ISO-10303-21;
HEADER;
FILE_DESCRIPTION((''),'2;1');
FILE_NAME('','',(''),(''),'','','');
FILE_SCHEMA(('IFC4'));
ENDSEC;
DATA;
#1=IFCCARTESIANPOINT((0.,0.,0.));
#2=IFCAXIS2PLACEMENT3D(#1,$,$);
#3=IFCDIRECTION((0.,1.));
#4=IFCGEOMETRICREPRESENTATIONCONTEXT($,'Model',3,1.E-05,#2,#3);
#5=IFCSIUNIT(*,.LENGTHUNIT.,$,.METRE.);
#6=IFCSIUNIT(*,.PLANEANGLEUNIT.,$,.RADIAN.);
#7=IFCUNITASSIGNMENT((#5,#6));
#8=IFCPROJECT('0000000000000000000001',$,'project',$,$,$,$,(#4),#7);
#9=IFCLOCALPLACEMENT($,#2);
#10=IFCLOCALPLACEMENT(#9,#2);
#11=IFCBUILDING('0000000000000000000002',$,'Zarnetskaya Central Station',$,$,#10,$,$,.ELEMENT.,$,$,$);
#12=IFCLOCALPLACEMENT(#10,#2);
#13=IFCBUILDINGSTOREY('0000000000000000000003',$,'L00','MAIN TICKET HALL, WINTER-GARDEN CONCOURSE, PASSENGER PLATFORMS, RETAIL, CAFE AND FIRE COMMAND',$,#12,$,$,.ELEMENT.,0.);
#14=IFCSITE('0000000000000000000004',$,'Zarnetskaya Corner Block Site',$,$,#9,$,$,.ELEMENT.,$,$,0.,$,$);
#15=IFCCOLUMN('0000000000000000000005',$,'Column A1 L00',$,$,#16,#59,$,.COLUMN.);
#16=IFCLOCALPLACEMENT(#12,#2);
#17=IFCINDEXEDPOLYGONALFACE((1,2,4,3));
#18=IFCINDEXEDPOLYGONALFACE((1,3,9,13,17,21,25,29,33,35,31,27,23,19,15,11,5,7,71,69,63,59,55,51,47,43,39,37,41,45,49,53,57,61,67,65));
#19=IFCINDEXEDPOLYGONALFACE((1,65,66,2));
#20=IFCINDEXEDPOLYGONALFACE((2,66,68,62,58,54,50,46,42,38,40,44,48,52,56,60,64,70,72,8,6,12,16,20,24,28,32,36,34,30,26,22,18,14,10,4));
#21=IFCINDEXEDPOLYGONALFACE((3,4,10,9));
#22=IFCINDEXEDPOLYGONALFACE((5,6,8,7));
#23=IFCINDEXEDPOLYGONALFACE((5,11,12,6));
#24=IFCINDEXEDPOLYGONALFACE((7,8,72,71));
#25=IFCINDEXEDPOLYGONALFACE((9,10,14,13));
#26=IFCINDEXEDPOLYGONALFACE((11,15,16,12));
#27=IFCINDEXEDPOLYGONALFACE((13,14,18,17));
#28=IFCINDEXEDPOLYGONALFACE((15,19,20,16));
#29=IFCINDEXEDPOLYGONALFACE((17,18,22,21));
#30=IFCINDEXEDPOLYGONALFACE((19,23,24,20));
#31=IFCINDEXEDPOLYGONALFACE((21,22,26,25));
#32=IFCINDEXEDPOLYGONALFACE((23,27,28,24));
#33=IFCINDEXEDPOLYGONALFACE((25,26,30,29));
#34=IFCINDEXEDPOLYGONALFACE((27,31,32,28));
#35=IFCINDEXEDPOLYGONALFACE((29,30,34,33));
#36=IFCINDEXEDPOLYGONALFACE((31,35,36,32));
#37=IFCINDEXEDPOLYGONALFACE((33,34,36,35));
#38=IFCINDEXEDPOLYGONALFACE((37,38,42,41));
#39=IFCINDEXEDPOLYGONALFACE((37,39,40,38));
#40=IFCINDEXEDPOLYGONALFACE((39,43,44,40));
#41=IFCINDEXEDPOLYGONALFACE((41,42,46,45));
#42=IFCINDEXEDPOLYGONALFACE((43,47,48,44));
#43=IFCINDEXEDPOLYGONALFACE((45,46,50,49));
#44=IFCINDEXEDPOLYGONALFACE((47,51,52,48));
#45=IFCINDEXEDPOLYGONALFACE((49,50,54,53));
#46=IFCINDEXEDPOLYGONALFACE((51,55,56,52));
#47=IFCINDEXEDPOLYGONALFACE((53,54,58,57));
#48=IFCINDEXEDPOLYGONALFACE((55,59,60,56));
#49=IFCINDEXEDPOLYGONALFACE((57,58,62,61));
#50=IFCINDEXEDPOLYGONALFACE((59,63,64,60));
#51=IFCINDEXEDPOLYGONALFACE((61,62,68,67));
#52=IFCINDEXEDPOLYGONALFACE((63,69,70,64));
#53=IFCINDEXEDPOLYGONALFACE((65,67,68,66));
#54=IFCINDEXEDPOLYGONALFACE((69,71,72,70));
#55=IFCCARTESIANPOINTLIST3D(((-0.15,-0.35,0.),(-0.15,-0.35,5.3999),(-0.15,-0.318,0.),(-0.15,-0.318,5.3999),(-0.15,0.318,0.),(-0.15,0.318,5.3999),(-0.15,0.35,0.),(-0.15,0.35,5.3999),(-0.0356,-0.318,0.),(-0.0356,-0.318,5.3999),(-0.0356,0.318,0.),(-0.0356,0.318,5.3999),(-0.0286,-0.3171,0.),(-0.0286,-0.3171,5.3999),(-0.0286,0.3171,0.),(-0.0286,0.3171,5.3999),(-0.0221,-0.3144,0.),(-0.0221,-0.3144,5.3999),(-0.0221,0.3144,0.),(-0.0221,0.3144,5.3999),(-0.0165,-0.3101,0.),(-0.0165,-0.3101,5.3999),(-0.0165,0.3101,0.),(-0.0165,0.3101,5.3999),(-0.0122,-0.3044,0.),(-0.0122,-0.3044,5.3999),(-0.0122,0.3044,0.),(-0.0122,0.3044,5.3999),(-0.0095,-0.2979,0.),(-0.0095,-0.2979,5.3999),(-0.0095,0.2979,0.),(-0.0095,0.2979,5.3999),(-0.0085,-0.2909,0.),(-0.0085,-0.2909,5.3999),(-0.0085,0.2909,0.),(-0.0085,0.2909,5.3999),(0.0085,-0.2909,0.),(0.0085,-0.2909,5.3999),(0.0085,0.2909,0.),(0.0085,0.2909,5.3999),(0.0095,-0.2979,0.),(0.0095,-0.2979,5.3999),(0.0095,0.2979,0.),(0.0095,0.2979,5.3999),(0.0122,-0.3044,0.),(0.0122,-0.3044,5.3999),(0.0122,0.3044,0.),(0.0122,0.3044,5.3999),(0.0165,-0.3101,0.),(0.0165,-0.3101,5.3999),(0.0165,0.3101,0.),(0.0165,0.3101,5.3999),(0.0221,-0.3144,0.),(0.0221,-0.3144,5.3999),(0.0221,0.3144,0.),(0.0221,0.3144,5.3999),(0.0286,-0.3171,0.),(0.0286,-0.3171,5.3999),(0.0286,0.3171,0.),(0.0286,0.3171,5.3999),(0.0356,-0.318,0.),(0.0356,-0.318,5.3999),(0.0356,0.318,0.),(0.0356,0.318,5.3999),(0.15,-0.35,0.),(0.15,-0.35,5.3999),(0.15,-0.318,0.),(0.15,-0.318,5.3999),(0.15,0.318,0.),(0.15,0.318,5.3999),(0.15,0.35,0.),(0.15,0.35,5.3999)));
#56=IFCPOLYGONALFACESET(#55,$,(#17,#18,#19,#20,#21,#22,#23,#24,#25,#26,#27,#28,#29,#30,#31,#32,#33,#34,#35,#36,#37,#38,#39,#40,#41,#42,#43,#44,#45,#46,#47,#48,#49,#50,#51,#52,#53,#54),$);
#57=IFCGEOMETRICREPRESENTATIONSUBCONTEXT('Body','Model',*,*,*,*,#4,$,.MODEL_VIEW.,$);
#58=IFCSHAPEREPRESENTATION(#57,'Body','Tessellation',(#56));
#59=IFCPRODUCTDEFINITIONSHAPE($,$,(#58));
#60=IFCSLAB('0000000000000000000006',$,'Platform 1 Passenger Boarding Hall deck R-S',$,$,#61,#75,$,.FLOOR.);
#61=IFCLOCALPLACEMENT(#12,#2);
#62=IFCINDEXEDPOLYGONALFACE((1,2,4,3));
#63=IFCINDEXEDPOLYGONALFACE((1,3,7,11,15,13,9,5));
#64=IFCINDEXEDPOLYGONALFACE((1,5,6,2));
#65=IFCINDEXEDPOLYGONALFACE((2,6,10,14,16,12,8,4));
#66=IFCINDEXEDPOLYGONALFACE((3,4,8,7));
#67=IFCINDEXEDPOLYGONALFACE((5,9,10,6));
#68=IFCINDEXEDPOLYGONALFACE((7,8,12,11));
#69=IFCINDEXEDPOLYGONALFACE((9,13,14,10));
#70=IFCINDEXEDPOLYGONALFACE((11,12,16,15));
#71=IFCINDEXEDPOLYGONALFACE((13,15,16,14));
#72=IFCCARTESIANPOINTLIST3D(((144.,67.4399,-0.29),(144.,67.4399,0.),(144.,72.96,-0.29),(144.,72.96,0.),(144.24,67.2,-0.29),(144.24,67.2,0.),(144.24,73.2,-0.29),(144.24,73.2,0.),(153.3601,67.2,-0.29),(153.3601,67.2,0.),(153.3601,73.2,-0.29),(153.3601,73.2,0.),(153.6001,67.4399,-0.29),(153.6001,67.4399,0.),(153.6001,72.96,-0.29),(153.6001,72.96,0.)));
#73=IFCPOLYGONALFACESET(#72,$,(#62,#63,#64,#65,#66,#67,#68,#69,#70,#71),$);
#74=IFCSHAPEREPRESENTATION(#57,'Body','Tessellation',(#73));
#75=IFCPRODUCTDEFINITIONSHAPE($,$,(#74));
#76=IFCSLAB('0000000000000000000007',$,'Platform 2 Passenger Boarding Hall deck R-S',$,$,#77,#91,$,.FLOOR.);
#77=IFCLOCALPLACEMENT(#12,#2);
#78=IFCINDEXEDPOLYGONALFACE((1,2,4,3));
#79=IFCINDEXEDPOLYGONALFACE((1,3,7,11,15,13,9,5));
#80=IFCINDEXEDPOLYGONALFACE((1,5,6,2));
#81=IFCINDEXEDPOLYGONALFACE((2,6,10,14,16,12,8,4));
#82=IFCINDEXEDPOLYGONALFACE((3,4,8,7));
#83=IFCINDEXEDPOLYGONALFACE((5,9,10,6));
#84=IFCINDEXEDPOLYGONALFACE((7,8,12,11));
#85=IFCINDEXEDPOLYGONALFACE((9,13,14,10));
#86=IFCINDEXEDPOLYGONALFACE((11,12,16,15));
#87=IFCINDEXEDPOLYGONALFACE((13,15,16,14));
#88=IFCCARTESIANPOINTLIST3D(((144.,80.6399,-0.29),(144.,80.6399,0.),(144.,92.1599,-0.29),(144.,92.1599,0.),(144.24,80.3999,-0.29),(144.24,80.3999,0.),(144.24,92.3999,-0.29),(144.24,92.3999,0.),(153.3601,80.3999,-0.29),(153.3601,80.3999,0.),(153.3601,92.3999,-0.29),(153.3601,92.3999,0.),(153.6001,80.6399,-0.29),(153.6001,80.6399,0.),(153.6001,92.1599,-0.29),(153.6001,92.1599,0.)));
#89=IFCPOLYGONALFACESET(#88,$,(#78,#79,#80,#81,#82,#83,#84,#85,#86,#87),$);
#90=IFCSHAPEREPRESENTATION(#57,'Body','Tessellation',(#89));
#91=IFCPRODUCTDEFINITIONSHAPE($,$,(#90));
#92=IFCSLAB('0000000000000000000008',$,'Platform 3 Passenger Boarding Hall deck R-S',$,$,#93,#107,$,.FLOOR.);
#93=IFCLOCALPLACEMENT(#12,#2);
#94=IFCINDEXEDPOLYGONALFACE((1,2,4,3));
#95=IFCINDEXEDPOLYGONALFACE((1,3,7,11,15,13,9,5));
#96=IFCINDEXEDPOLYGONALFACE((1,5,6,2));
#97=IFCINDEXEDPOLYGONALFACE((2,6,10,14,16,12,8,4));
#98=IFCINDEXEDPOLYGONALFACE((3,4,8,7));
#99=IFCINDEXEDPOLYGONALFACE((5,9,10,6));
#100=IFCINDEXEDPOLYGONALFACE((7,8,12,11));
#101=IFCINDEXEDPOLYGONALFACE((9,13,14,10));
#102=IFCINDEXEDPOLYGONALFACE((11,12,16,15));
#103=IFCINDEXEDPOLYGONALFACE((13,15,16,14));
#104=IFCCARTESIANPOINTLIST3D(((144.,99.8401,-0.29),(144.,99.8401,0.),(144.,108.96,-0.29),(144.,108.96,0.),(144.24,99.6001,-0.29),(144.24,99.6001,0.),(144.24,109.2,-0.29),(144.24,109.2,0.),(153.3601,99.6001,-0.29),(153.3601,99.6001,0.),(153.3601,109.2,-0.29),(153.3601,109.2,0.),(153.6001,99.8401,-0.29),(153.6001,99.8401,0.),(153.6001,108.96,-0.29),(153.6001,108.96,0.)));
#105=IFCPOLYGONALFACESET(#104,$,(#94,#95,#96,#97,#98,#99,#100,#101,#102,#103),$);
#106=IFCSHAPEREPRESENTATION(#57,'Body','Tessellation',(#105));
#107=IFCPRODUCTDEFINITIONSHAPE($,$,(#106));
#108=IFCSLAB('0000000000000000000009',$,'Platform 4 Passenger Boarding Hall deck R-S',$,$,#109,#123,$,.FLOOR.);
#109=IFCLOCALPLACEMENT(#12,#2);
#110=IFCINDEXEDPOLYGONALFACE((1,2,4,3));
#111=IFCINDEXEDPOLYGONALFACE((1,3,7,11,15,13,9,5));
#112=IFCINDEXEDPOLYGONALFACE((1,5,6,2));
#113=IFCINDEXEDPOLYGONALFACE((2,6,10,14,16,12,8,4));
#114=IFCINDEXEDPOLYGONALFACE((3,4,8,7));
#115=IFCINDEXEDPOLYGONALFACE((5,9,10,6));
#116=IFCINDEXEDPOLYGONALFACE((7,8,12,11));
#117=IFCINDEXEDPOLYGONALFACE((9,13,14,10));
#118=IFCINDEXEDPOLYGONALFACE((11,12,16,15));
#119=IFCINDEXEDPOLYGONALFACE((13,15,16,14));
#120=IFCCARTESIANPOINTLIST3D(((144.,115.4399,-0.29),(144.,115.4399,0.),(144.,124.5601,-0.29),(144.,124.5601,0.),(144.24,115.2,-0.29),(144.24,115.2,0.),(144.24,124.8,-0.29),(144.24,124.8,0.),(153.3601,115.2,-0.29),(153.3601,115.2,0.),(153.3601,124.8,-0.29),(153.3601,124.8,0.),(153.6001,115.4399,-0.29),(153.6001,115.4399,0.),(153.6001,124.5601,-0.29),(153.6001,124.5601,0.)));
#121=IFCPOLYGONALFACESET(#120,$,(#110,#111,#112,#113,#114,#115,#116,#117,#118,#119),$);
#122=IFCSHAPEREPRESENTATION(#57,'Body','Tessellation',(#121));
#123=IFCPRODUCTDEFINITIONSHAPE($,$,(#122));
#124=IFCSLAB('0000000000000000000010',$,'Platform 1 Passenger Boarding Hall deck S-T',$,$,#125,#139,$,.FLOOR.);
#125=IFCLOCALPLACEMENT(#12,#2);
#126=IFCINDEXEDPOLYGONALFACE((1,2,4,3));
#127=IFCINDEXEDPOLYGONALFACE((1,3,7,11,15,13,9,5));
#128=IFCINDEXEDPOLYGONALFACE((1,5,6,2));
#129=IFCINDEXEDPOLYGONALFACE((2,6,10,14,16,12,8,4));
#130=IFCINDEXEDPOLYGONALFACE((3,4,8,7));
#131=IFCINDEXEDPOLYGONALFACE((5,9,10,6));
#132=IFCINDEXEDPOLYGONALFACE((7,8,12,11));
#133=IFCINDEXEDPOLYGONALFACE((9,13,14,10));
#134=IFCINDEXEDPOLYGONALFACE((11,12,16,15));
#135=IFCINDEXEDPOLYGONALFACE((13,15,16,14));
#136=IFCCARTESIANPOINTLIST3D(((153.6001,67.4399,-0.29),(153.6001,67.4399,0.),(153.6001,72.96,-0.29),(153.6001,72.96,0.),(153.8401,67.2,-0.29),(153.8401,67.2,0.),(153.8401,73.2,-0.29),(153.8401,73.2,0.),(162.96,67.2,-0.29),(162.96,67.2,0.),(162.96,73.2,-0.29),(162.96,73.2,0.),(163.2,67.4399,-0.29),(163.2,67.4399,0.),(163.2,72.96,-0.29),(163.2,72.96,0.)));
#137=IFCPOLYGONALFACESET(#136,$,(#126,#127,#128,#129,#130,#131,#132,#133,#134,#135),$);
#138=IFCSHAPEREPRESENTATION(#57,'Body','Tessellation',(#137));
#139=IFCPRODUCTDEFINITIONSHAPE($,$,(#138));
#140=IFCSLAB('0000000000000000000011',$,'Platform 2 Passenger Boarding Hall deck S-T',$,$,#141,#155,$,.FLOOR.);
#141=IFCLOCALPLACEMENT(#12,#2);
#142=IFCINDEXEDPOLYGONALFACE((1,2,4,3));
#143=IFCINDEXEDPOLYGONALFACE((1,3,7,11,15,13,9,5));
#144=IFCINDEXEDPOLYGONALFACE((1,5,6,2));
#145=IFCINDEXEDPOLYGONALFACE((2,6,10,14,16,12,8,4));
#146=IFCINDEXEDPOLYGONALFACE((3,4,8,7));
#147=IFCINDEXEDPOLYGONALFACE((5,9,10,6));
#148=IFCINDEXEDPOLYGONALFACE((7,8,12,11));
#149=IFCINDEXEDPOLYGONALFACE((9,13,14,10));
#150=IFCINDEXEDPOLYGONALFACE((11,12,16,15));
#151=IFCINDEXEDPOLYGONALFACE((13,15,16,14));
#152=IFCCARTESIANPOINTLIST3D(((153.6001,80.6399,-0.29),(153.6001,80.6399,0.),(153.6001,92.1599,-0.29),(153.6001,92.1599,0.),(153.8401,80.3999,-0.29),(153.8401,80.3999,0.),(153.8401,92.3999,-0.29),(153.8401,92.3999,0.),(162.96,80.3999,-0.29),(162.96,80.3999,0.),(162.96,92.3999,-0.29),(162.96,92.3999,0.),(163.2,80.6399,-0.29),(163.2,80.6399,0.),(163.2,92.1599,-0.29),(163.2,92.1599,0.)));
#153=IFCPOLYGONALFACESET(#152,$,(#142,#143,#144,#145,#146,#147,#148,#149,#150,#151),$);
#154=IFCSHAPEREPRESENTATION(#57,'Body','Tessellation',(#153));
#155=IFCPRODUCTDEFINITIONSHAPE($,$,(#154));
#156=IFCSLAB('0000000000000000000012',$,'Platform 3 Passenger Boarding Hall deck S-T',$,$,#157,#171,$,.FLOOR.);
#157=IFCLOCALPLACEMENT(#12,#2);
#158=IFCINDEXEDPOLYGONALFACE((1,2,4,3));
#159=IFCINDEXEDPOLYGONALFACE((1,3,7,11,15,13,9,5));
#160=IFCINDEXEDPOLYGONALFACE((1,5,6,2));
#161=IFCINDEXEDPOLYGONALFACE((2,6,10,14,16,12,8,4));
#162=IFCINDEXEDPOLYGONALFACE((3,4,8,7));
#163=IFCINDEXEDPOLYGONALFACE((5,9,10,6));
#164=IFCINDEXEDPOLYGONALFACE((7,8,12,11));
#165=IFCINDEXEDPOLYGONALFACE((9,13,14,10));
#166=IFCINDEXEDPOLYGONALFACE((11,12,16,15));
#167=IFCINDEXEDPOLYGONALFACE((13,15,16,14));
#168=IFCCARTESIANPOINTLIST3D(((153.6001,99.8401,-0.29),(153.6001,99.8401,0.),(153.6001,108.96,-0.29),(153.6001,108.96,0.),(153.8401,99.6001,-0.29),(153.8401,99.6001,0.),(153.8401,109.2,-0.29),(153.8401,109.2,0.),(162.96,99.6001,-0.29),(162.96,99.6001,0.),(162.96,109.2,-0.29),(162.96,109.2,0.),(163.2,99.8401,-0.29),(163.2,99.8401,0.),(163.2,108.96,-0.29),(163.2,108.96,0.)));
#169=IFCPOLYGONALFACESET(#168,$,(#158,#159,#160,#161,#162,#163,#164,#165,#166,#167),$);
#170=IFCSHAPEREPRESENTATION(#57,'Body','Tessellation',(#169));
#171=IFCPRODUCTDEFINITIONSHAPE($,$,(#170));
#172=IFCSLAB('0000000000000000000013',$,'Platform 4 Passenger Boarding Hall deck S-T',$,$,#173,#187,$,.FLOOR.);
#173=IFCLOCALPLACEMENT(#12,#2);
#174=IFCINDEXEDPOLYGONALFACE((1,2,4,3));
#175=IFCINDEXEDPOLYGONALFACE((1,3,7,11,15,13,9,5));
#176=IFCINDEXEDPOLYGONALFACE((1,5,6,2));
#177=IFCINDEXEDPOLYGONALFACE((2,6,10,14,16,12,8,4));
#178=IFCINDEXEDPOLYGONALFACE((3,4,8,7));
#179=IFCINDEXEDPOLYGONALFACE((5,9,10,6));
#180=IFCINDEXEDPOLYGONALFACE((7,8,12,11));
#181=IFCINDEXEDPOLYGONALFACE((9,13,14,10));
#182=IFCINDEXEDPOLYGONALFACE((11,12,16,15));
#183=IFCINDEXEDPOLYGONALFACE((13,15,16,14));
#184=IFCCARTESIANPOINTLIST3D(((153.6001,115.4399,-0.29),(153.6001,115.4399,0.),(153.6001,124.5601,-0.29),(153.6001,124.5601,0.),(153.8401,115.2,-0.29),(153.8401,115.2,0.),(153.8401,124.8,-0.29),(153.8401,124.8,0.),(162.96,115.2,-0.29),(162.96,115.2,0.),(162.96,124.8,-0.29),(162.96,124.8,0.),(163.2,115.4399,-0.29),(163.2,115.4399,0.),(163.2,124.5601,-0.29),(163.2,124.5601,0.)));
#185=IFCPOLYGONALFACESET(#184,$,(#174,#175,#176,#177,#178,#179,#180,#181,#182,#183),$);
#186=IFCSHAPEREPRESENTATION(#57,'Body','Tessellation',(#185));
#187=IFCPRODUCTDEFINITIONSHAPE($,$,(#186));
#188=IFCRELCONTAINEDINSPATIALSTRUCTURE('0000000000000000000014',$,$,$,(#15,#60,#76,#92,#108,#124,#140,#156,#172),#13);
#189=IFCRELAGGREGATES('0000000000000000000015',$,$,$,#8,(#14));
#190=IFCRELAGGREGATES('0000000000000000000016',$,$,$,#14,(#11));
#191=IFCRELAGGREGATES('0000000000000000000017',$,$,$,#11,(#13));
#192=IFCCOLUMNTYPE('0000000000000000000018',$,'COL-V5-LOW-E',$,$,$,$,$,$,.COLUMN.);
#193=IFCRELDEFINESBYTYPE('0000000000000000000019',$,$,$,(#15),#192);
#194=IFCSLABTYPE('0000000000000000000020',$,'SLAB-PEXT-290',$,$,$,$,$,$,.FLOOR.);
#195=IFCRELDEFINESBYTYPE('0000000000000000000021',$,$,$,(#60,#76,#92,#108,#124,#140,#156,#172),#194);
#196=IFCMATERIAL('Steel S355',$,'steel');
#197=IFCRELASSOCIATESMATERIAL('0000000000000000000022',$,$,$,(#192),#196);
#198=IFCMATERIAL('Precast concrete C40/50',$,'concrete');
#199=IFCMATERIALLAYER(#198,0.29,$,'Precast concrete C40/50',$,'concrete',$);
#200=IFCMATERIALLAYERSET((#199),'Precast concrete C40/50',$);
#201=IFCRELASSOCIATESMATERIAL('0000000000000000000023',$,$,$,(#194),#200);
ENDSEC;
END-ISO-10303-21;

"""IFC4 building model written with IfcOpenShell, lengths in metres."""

from ifc_helpers import new_model, si_unit, direction, frame, origin, origin_with_axes, origin_2d, place, context, subcontext, project, spatial, polyline, i_section, outline, extrude, material, layer, layer_set, material_profile, profile_set, type_object, element, save


model = new_model("IFC4")

# Units and contexts
model_context = context("Model", 3, precision=1e-05, world=origin(), true_north=direction((0.0, 1.0)))
body_context = subcontext(model_context, "Body", "Model", "MODEL_VIEW")
ifc_project = project(units=[si_unit("LENGTHUNIT", "METRE"), si_unit("PLANEANGLEUNIT", "RADIAN")], contexts=[model_context])

# Site, building, storey
site_placement = place(None, origin())
site = spatial("IfcSite", under=ifc_project, at=site_placement, Name="Zarnetskaya Corner Block Site", CompositionType="ELEMENT", RefElevation=0.0)
building_placement = place(site_placement, origin())
building = spatial("IfcBuilding", under=site, at=building_placement, Name="Zarnetskaya Central Station", CompositionType="ELEMENT")
storey_placement = place(building_placement, origin())
storey = spatial("IfcBuildingStorey", under=building, at=storey_placement, Name="L00", Description="MAIN TICKET HALL, WINTER-GARDEN CONCOURSE, PASSENGER PLATFORMS, RETAIL, CAFE AND FIRE COMMAND", CompositionType="ELEMENT", Elevation=0.0)

# Column
ifc_material_1 = material(Name="Steel S355", Category="steel")
ifc_material_profile = material_profile(ifc_material_1, i_section(OverallWidth=0.3, OverallDepth=0.7, WebThickness=0.0171, FlangeThickness=0.032, FilletRadius=0.0271, at=origin_2d()), Name="HEB 700")
ifc_profile_set = profile_set([ifc_material_profile], Name="Steel S355")
column_type = type_object("IfcColumnType", Name="COL-V5-LOW-E", PredefinedType="COLUMN", material=ifc_profile_set)
column_placement = place(storey_placement, origin_with_axes())
element("IfcColumn", 1, at=column_placement, inside=storey, type_object=column_type, Name="Column A1 L00", PredefinedType="COLUMN", context=body_context, shape_type="SweptSolid", body=[
    extrude(i_section(OverallWidth=0.3, OverallDepth=0.7, WebThickness=0.0171, FlangeThickness=0.032, FilletRadius=0.0271, at=origin_2d()), origin(), (0.0, 0.0, 1.0), 5.3999),
])

# Slabs
ifc_material_2 = material(Name="Precast concrete C40/50", Category="concrete")
ifc_layer_1 = layer(ifc_material_2, 0.29, Name="Precast concrete C40/50", Category="concrete")
ifc_layer_set_1 = layer_set([ifc_layer_1], Name="Precast concrete C40/50")
slab_type = type_object("IfcSlabType", Name="SLAB-PEXT-290", PredefinedType="FLOOR", material=ifc_layer_set_1)
slab_1_placement = place(storey_placement, frame((0.0, 0.0, -0.29)))
element("IfcSlab", 2, at=slab_1_placement, inside=storey, type_object=slab_type, Name="Platform 1 Passenger Boarding Hall deck R-S", PredefinedType="FLOOR", context=body_context, shape_type="SweptSolid", body=[
    extrude(outline(polyline([(144.24, 67.2), (153.3601, 67.2), (153.6001, 67.4399), (153.6001, 72.96), (153.3601, 73.2), (144.24, 73.2), (144.0, 72.96), (144.0, 67.4399), (144.24, 67.2)])), origin(), (0.0, 0.0, 1.0), 0.29),
])
slab_2_placement = place(storey_placement, frame((0.0, 0.0, -0.29)))
element("IfcSlab", 3, at=slab_2_placement, inside=storey, type_object=slab_type, Name="Platform 2 Passenger Boarding Hall deck R-S", PredefinedType="FLOOR", context=body_context, shape_type="SweptSolid", body=[
    extrude(outline(polyline([(144.24, 80.3999), (153.3601, 80.3999), (153.6001, 80.6399), (153.6001, 92.1599), (153.3601, 92.3999), (144.24, 92.3999), (144.0, 92.1599), (144.0, 80.6399), (144.24, 80.3999)])), origin(), (0.0, 0.0, 1.0), 0.29),
])
slab_3_placement = place(storey_placement, frame((0.0, 0.0, -0.29)))
element("IfcSlab", 4, at=slab_3_placement, inside=storey, type_object=slab_type, Name="Platform 3 Passenger Boarding Hall deck R-S", PredefinedType="FLOOR", context=body_context, shape_type="SweptSolid", body=[
    extrude(outline(polyline([(144.24, 99.6001), (153.3601, 99.6001), (153.6001, 99.8401), (153.6001, 108.96), (153.3601, 109.2), (144.24, 109.2), (144.0, 108.96), (144.0, 99.8401), (144.24, 99.6001)])), origin(), (0.0, 0.0, 1.0), 0.29),
])
slab_4_placement = place(storey_placement, frame((0.0, 0.0, -0.29)))
element("IfcSlab", 5, at=slab_4_placement, inside=storey, type_object=slab_type, Name="Platform 4 Passenger Boarding Hall deck R-S", PredefinedType="FLOOR", context=body_context, shape_type="SweptSolid", body=[
    extrude(outline(polyline([(144.24, 115.2), (153.3601, 115.2), (153.6001, 115.4399), (153.6001, 124.5601), (153.3601, 124.8), (144.24, 124.8), (144.0, 124.5601), (144.0, 115.4399), (144.24, 115.2)])), origin(), (0.0, 0.0, 1.0), 0.29),
])
slab_5_placement = place(storey_placement, frame((0.0, 0.0, -0.29)))
element("IfcSlab", 6, at=slab_5_placement, inside=storey, type_object=slab_type, Name="Platform 1 Passenger Boarding Hall deck S-T", PredefinedType="FLOOR", context=body_context, shape_type="SweptSolid", body=[
    extrude(outline(polyline([(153.8401, 67.2), (162.96, 67.2), (163.2, 67.4399), (163.2, 72.96), (162.96, 73.2), (153.8401, 73.2), (153.6001, 72.96), (153.6001, 67.4399), (153.8401, 67.2)])), origin(), (0.0, 0.0, 1.0), 0.29),
])
slab_6_placement = place(storey_placement, frame((0.0, 0.0, -0.29)))
element("IfcSlab", 7, at=slab_6_placement, inside=storey, type_object=slab_type, Name="Platform 2 Passenger Boarding Hall deck S-T", PredefinedType="FLOOR", context=body_context, shape_type="SweptSolid", body=[
    extrude(outline(polyline([(153.8401, 80.3999), (162.96, 80.3999), (163.2, 80.6399), (163.2, 92.1599), (162.96, 92.3999), (153.8401, 92.3999), (153.6001, 92.1599), (153.6001, 80.6399), (153.8401, 80.3999)])), origin(), (0.0, 0.0, 1.0), 0.29),
])
slab_7_placement = place(storey_placement, frame((0.0, 0.0, -0.29)))
element("IfcSlab", 8, at=slab_7_placement, inside=storey, type_object=slab_type, Name="Platform 3 Passenger Boarding Hall deck S-T", PredefinedType="FLOOR", context=body_context, shape_type="SweptSolid", body=[
    extrude(outline(polyline([(153.8401, 99.6001), (162.96, 99.6001), (163.2, 99.8401), (163.2, 108.96), (162.96, 109.2), (153.8401, 109.2), (153.6001, 108.96), (153.6001, 99.8401), (153.8401, 99.6001)])), origin(), (0.0, 0.0, 1.0), 0.29),
])
slab_8_placement = place(storey_placement, frame((0.0, 0.0, -0.29)))
element("IfcSlab", 9, at=slab_8_placement, inside=storey, type_object=slab_type, Name="Platform 4 Passenger Boarding Hall deck S-T", PredefinedType="FLOOR", context=body_context, shape_type="SweptSolid", body=[
    extrude(outline(polyline([(153.8401, 115.2), (162.96, 115.2), (163.2, 115.4399), (163.2, 124.5601), (162.96, 124.8), (153.8401, 124.8), (153.6001, 124.5601), (153.6001, 115.4399), (153.8401, 115.2)])), origin(), (0.0, 0.0, 1.0), 0.29),
])

save(model, "model.ifc")
